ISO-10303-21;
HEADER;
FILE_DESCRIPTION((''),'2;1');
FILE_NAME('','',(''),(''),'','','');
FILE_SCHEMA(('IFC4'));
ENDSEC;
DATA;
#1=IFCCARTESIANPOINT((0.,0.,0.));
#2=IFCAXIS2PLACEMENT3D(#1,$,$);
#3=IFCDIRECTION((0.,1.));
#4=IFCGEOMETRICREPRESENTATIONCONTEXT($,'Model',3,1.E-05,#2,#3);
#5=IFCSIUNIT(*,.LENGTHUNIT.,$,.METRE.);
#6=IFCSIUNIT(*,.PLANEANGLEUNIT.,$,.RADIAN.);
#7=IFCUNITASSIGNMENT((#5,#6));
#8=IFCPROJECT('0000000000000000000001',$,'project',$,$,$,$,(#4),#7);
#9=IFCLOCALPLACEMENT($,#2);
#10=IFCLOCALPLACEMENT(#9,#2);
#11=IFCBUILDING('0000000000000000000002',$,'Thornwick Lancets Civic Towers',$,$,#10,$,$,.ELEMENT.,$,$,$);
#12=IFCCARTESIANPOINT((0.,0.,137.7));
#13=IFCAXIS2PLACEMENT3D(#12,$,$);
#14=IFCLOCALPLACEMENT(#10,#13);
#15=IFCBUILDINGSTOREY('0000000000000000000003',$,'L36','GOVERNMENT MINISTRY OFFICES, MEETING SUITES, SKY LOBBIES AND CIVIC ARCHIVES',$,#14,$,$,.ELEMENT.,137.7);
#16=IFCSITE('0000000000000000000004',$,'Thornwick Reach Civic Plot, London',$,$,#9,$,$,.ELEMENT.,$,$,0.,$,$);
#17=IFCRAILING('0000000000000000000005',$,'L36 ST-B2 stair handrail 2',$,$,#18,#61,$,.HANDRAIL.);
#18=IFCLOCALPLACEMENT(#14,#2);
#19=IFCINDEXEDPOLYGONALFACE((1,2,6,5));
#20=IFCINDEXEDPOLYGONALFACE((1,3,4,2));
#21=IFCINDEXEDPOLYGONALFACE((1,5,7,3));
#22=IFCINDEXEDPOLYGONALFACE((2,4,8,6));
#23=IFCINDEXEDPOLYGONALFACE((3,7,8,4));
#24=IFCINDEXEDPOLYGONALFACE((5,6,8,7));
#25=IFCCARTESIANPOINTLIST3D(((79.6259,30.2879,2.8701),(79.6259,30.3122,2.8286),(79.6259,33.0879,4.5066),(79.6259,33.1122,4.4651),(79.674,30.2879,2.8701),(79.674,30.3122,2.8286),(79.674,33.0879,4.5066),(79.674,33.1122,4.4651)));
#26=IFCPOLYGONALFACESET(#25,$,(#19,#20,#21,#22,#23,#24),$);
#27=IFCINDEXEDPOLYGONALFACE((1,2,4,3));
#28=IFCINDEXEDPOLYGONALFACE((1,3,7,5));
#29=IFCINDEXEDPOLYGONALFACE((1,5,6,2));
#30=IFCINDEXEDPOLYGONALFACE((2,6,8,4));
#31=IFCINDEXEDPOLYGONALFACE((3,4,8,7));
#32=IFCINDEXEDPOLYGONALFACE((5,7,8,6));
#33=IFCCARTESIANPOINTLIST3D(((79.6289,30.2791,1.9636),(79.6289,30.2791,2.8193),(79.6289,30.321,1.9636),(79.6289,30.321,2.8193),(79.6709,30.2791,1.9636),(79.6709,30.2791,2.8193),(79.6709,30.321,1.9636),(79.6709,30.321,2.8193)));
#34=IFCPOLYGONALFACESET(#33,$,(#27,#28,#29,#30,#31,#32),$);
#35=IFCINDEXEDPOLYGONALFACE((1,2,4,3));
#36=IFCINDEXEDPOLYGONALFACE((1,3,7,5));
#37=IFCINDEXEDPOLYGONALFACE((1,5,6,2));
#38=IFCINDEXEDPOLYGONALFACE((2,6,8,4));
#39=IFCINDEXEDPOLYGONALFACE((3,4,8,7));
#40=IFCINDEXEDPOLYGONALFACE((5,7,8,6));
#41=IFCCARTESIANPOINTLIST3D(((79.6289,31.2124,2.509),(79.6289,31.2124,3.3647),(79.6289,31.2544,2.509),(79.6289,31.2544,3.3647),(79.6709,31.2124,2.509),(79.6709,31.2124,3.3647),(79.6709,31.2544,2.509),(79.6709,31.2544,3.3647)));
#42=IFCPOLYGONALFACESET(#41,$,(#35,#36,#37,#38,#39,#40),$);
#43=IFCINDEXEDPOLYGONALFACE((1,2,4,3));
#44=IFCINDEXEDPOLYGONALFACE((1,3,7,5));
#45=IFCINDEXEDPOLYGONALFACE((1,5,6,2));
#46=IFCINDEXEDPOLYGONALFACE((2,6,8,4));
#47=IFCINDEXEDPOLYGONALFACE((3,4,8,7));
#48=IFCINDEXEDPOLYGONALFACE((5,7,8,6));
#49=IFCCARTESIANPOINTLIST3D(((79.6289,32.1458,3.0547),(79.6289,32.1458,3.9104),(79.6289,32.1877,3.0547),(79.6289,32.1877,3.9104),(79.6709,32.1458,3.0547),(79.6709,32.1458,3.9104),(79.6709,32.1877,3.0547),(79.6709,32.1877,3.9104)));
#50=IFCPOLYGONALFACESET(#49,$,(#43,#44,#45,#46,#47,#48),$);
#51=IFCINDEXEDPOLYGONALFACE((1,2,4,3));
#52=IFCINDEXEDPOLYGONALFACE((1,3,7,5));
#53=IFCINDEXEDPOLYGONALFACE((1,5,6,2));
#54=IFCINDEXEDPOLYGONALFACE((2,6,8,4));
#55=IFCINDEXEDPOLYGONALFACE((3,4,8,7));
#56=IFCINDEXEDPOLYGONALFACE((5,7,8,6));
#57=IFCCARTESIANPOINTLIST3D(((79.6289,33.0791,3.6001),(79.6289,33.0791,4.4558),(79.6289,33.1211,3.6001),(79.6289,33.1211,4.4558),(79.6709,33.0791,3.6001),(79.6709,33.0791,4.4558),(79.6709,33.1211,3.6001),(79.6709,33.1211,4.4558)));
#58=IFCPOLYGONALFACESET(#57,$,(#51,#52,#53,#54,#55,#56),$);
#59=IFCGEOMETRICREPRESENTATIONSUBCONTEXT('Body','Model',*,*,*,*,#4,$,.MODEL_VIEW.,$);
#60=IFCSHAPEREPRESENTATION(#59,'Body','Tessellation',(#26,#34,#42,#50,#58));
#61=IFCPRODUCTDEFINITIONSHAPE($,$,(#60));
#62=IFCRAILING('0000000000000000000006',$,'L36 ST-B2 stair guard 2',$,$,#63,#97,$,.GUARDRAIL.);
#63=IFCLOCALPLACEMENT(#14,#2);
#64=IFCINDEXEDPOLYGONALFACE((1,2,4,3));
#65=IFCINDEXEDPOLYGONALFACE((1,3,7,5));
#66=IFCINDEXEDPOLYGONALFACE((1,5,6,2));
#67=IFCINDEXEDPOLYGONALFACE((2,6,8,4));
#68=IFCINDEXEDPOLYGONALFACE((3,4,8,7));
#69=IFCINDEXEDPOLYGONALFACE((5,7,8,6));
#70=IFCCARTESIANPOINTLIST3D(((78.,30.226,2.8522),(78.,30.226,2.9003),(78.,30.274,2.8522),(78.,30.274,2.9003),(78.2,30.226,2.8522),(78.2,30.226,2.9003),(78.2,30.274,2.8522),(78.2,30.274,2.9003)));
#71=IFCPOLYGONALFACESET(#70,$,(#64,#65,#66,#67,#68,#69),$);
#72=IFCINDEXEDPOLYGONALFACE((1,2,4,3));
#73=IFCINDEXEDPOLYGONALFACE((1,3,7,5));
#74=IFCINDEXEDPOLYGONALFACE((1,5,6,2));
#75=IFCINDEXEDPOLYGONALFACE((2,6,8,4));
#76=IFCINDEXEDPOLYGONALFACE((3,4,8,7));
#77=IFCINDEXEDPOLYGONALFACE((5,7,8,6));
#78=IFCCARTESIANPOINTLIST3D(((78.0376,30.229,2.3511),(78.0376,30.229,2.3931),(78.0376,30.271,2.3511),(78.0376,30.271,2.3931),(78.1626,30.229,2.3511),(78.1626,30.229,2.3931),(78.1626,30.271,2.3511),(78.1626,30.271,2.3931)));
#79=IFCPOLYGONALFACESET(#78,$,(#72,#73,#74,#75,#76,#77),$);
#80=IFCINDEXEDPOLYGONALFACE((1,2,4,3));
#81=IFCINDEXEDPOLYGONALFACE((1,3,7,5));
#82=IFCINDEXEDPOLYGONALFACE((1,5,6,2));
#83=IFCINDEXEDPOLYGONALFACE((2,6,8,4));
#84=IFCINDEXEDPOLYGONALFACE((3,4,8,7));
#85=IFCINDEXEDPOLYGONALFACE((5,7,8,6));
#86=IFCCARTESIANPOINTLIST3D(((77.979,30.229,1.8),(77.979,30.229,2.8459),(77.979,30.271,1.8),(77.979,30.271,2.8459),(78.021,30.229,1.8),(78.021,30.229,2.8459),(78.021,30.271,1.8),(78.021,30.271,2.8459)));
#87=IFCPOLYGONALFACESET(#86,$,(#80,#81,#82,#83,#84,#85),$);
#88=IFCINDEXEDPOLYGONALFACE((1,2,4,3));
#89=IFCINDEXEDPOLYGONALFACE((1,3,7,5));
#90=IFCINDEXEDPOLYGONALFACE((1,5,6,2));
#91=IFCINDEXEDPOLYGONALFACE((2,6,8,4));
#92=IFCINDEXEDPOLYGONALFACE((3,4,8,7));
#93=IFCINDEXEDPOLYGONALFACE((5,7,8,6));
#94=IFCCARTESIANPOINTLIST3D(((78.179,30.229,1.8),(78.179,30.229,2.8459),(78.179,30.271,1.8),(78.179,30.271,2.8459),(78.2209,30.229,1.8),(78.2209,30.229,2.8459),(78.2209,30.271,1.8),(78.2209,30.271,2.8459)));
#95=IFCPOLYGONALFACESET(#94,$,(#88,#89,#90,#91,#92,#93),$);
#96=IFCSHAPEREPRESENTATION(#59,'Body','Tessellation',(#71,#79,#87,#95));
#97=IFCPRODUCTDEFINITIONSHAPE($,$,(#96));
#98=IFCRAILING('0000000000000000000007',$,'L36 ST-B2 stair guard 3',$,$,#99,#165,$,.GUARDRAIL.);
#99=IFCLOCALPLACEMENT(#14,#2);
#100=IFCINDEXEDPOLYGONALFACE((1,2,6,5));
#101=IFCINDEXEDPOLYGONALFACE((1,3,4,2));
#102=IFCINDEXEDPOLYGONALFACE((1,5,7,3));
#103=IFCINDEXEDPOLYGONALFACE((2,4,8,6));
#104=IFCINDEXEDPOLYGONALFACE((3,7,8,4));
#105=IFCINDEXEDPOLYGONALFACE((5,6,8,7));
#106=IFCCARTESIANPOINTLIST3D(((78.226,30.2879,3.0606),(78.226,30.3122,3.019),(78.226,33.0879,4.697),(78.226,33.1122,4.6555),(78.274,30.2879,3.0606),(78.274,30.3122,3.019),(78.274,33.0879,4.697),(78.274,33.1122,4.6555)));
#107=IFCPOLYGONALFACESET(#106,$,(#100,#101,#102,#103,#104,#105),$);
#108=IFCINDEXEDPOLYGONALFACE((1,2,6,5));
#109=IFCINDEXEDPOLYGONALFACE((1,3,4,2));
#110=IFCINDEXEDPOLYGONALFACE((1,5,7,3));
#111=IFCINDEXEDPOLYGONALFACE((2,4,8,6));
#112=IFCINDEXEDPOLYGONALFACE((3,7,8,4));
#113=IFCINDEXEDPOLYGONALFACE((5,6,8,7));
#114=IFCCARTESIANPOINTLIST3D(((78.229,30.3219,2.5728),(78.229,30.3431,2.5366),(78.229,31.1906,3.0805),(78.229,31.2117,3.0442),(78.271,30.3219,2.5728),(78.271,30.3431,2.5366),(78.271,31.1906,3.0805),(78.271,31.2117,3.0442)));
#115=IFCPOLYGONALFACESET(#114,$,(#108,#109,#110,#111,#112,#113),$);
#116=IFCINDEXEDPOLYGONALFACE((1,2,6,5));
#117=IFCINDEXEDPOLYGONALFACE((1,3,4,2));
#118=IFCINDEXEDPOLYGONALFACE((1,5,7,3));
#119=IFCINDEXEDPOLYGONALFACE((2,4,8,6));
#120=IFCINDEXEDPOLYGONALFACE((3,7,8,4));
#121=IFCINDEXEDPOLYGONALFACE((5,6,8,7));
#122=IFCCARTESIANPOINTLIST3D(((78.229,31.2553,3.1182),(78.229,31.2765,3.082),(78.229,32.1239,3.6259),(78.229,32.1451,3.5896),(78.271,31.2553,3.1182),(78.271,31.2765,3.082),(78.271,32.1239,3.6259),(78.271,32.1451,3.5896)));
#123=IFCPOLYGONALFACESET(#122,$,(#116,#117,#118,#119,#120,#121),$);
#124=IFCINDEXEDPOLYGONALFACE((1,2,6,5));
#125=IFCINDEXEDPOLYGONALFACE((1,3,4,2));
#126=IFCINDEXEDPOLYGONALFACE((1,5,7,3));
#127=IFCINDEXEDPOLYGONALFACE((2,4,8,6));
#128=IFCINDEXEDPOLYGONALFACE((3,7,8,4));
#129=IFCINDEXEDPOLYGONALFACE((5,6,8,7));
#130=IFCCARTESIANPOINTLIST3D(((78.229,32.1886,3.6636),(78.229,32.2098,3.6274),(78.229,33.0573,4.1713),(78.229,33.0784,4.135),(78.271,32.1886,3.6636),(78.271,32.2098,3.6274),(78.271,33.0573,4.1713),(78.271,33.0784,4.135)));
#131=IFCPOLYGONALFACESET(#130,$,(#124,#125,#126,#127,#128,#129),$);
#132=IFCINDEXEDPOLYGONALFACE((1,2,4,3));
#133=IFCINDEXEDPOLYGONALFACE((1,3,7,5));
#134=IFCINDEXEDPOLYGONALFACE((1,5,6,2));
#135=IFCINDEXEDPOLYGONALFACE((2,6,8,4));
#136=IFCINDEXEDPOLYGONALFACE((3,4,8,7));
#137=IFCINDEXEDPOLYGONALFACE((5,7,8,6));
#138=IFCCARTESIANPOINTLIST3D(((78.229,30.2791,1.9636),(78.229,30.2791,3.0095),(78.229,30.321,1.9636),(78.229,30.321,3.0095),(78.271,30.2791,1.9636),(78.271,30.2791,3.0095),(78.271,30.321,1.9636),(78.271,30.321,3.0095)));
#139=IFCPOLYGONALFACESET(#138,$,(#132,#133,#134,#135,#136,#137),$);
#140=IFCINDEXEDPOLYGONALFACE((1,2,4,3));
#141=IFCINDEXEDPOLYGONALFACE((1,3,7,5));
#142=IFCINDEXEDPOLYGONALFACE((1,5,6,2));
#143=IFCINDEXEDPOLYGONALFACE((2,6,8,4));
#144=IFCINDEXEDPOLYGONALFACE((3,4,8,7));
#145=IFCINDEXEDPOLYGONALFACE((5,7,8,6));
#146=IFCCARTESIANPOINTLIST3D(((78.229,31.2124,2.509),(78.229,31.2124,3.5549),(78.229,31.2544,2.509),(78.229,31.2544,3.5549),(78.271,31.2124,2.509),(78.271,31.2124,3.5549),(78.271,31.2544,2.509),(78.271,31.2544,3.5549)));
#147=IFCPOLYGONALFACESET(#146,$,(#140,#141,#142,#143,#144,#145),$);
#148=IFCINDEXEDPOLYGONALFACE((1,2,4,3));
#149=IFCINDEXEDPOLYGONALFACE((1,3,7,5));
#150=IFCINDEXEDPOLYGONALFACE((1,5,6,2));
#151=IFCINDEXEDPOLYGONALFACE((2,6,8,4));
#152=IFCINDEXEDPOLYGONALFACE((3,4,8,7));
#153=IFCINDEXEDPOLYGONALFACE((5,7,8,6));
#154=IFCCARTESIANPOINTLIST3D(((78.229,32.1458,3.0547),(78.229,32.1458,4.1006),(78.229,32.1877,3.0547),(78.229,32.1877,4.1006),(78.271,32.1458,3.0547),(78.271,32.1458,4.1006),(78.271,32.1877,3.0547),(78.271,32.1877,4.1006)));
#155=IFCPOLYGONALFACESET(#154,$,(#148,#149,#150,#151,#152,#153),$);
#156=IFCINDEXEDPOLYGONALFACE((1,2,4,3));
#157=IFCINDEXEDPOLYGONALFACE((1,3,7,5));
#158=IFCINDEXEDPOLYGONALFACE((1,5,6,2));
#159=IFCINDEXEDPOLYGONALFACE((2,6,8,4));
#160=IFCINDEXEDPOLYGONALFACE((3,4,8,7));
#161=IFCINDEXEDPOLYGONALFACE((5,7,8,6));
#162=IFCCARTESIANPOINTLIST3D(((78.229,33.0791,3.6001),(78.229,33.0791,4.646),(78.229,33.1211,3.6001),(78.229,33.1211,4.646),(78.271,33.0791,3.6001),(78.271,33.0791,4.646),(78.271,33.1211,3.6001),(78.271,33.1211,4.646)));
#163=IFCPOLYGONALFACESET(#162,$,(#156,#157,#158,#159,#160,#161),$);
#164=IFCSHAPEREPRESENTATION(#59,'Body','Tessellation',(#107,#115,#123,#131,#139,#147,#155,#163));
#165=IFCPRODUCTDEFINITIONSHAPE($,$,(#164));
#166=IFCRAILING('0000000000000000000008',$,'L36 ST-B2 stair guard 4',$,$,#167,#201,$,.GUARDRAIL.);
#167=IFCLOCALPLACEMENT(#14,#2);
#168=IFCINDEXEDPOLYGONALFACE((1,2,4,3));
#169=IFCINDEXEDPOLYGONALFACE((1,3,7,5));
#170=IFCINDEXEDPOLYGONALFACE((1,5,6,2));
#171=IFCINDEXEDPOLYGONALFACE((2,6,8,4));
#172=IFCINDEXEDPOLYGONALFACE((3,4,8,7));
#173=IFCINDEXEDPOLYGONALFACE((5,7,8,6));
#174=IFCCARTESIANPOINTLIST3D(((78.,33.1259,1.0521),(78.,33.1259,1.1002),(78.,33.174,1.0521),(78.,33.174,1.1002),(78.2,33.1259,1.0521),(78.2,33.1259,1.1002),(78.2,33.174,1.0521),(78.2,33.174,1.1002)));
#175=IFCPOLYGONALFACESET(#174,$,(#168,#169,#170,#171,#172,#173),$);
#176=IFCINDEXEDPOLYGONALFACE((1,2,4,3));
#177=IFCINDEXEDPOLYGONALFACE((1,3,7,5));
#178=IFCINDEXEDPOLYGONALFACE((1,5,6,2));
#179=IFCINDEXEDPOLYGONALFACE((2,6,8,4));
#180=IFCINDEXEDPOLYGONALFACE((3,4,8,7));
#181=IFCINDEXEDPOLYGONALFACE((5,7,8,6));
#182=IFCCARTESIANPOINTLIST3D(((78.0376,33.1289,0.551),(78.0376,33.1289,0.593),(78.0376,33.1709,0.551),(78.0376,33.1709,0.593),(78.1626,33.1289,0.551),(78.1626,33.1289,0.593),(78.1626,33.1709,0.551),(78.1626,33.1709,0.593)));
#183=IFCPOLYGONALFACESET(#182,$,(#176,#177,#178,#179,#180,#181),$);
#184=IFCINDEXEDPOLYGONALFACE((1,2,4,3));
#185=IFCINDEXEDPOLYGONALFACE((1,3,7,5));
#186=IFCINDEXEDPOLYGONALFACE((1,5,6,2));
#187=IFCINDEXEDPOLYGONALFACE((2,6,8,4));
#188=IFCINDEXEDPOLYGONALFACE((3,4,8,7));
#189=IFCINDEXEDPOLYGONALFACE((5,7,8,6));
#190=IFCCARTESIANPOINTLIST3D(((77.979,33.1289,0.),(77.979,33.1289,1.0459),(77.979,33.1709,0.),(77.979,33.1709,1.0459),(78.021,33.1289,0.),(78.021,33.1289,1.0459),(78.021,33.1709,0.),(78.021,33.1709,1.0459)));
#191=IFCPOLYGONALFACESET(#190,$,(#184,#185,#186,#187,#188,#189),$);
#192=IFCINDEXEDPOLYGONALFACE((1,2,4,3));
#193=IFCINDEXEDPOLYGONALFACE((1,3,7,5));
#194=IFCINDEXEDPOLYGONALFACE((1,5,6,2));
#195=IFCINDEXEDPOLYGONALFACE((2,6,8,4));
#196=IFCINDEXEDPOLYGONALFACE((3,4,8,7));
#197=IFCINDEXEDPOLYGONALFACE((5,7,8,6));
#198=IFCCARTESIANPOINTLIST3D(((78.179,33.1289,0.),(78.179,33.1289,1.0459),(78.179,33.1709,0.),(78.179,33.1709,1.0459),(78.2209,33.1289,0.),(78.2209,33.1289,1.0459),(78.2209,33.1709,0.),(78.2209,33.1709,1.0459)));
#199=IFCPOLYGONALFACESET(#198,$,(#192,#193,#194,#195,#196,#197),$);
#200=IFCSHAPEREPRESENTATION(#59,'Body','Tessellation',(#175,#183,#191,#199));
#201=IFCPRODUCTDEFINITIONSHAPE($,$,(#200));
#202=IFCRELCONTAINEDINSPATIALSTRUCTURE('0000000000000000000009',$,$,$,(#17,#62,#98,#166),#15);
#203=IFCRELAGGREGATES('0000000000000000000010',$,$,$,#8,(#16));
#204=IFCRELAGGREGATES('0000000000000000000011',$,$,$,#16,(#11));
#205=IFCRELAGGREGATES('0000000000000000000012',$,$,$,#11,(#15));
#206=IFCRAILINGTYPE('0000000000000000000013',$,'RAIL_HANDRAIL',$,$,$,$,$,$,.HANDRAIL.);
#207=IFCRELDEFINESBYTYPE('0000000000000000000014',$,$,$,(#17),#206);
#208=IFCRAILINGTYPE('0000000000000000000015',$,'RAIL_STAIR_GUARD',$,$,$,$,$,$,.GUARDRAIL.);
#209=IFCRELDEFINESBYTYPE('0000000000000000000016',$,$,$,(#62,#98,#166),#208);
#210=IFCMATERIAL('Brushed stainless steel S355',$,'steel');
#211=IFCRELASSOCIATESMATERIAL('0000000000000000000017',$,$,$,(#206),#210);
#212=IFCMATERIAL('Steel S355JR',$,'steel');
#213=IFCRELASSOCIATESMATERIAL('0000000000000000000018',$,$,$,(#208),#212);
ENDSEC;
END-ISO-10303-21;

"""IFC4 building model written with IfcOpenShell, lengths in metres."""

from ifc_helpers import new_model, si_unit, direction, frame, origin, origin_2d, place, context, subcontext, project, spatial, rectangle, extrude, material, type_object, element, save


model = new_model("IFC4")

# Units and contexts
model_context = context("Model", 3, precision=1e-05, world=origin(), true_north=direction((0.0, 1.0)))
body_context = subcontext(model_context, "Body", "Model", "MODEL_VIEW")
ifc_project = project(units=[si_unit("LENGTHUNIT", "METRE"), si_unit("PLANEANGLEUNIT", "RADIAN")], contexts=[model_context])

# Site, building, storey
site_placement = place(None, origin())
site = spatial("IfcSite", under=ifc_project, at=site_placement, Name="Thornwick Reach Civic Plot, London", CompositionType="ELEMENT", RefElevation=0.0)
building_placement = place(site_placement, origin())
building = spatial("IfcBuilding", under=site, at=building_placement, Name="Thornwick Lancets Civic Towers", CompositionType="ELEMENT")
storey_placement = place(building_placement, frame((0.0, 0.0, 137.7)))
storey = spatial("IfcBuildingStorey", under=building, at=storey_placement, Name="L36", Description="GOVERNMENT MINISTRY OFFICES, MEETING SUITES, SKY LOBBIES AND CIVIC ARCHIVES", CompositionType="ELEMENT", Elevation=137.7)

# Shared definitions
ifc_material_1 = material(Name="Steel S355JR", Category="steel")

# Railings
ifc_material_2 = material(Name="Brushed stainless steel S355", Category="steel")
railing_type_1 = type_object("IfcRailingType", Name="RAIL_HANDRAIL", PredefinedType="HANDRAIL", material=ifc_material_2)
railing_1_placement = place(storey_placement, frame((79.6499, 30.3, 1.9636)))
element("IfcRailing", 1, at=railing_1_placement, inside=storey, type_object=railing_type_1, Name="L36 ST-B2 stair handrail 2", PredefinedType="HANDRAIL", context=body_context, shape_type="SweptSolid", body=[
    extrude(rectangle(XDim=0.0481, YDim=0.0481, at=origin_2d()), frame((0.0, 0.0, 0.8857), z_axis=(0.0, 0.863361, 0.504587), x_axis=(-1.0, 0.0, 0.0)), (0.0, 0.0, 1.0), 3.2432),
    extrude(rectangle(XDim=0.042, YDim=0.042, at=origin_2d()), origin(), (0.0, 0.0, 1.0), 0.8557),
    extrude(rectangle(XDim=0.042, YDim=0.042, at=origin_2d()), frame((0.0, 0.9333, 0.5454)), (0.0, 0.0, 1.0), 0.8557),
    extrude(rectangle(XDim=0.042, YDim=0.042, at=origin_2d()), frame((0.0, 1.8667, 1.0911)), (0.0, 0.0, 1.0), 0.8557),
    extrude(rectangle(XDim=0.042, YDim=0.042, at=origin_2d()), frame((0.0, 2.8, 1.6365)), (0.0, 0.0, 1.0), 0.8557),
])
railing_type_2 = type_object("IfcRailingType", Name="RAIL_STAIR_GUARD", PredefinedType="GUARDRAIL", material=ifc_material_1)
railing_2_placement = place(storey_placement, frame((78.0, 30.25, 1.8)))
element("IfcRailing", 2, at=railing_2_placement, inside=storey, type_object=railing_type_2, Name="L36 ST-B2 stair guard 2", PredefinedType="GUARDRAIL", context=body_context, shape_type="SweptSolid", body=[
    extrude(rectangle(XDim=0.0481, YDim=0.0481, at=origin_2d()), frame((0.0, 0.0, 1.0762), z_axis=(1.0, 0.0, 0.0), x_axis=(0.0, 1.0, 0.0)), (0.0, 0.0, 1.0), 0.2),
    extrude(rectangle(XDim=0.042, YDim=0.042, at=origin_2d()), frame((0.0376, 0.0, 0.572), z_axis=(1.0, 0.0, 0.0), x_axis=(0.0, 1.0, 0.0)), (0.0, 0.0, 1.0), 0.125),
    extrude(rectangle(XDim=0.042, YDim=0.042, at=origin_2d()), origin(), (0.0, 0.0, 1.0), 1.0459),
    extrude(rectangle(XDim=0.042, YDim=0.042, at=origin_2d()), frame((0.2, 0.0, 0.0)), (0.0, 0.0, 1.0), 1.0459),
])
railing_3_placement = place(storey_placement, frame((78.25, 30.3, 1.9636)))
element("IfcRailing", 3, at=railing_3_placement, inside=storey, type_object=railing_type_2, Name="L36 ST-B2 stair guard 3", PredefinedType="GUARDRAIL", context=body_context, shape_type="SweptSolid", body=[
    extrude(rectangle(XDim=0.0481, YDim=0.0481, at=origin_2d()), frame((0.0, 0.0, 1.0762), z_axis=(0.0, 0.863361, 0.504587), x_axis=(-1.0, 0.0, 0.0)), (0.0, 0.0, 1.0), 3.2432),
    extrude(rectangle(XDim=0.042, YDim=0.042, at=origin_2d()), frame((0.0, 0.0325, 0.5911), z_axis=(0.0, 0.863361, 0.504587), x_axis=(-1.0, 0.0, 0.0)), (0.0, 0.0, 1.0), 1.0061),
    extrude(rectangle(XDim=0.042, YDim=0.042, at=origin_2d()), frame((0.0, 0.9658, 1.1365), z_axis=(0.0, 0.863361, 0.504587), x_axis=(-1.0, 0.0, 0.0)), (0.0, 0.0, 1.0), 1.0061),
    extrude(rectangle(XDim=0.042, YDim=0.042, at=origin_2d()), frame((0.0, 1.8992, 1.6819), z_axis=(0.0, 0.863361, 0.504587), x_axis=(-1.0, 0.0, 0.0)), (0.0, 0.0, 1.0), 1.0061),
    extrude(rectangle(XDim=0.042, YDim=0.042, at=origin_2d()), origin(), (0.0, 0.0, 1.0), 1.0459),
    extrude(rectangle(XDim=0.042, YDim=0.042, at=origin_2d()), frame((0.0, 0.9333, 0.5454)), (0.0, 0.0, 1.0), 1.0459),
    extrude(rectangle(XDim=0.042, YDim=0.042, at=origin_2d()), frame((0.0, 1.8667, 1.0911)), (0.0, 0.0, 1.0), 1.0459),
    extrude(rectangle(XDim=0.042, YDim=0.042, at=origin_2d()), frame((0.0, 2.8, 1.6365)), (0.0, 0.0, 1.0), 1.0459),
])
railing_4_placement = place(storey_placement, frame((78.0, 33.1499, 0.0)))
element("IfcRailing", 4, at=railing_4_placement, inside=storey, type_object=railing_type_2, Name="L36 ST-B2 stair guard 4", PredefinedType="GUARDRAIL", context=body_context, shape_type="SweptSolid", body=[
    extrude(rectangle(XDim=0.0481, YDim=0.0481, at=origin_2d()), frame((0.0, 0.0, 1.0762), z_axis=(1.0, 0.0, 0.0), x_axis=(0.0, 1.0, 0.0)), (0.0, 0.0, 1.0), 0.2),
    extrude(rectangle(XDim=0.042, YDim=0.042, at=origin_2d()), frame((0.0376, 0.0, 0.572), z_axis=(1.0, 0.0, 0.0), x_axis=(0.0, 1.0, 0.0)), (0.0, 0.0, 1.0), 0.125),
    extrude(rectangle(XDim=0.042, YDim=0.042, at=origin_2d()), origin(), (0.0, 0.0, 1.0), 1.0459),
    extrude(rectangle(XDim=0.042, YDim=0.042, at=origin_2d()), frame((0.2, 0.0, 0.0)), (0.0, 0.0, 1.0), 1.0459),
])

save(model, "model.ifc")
